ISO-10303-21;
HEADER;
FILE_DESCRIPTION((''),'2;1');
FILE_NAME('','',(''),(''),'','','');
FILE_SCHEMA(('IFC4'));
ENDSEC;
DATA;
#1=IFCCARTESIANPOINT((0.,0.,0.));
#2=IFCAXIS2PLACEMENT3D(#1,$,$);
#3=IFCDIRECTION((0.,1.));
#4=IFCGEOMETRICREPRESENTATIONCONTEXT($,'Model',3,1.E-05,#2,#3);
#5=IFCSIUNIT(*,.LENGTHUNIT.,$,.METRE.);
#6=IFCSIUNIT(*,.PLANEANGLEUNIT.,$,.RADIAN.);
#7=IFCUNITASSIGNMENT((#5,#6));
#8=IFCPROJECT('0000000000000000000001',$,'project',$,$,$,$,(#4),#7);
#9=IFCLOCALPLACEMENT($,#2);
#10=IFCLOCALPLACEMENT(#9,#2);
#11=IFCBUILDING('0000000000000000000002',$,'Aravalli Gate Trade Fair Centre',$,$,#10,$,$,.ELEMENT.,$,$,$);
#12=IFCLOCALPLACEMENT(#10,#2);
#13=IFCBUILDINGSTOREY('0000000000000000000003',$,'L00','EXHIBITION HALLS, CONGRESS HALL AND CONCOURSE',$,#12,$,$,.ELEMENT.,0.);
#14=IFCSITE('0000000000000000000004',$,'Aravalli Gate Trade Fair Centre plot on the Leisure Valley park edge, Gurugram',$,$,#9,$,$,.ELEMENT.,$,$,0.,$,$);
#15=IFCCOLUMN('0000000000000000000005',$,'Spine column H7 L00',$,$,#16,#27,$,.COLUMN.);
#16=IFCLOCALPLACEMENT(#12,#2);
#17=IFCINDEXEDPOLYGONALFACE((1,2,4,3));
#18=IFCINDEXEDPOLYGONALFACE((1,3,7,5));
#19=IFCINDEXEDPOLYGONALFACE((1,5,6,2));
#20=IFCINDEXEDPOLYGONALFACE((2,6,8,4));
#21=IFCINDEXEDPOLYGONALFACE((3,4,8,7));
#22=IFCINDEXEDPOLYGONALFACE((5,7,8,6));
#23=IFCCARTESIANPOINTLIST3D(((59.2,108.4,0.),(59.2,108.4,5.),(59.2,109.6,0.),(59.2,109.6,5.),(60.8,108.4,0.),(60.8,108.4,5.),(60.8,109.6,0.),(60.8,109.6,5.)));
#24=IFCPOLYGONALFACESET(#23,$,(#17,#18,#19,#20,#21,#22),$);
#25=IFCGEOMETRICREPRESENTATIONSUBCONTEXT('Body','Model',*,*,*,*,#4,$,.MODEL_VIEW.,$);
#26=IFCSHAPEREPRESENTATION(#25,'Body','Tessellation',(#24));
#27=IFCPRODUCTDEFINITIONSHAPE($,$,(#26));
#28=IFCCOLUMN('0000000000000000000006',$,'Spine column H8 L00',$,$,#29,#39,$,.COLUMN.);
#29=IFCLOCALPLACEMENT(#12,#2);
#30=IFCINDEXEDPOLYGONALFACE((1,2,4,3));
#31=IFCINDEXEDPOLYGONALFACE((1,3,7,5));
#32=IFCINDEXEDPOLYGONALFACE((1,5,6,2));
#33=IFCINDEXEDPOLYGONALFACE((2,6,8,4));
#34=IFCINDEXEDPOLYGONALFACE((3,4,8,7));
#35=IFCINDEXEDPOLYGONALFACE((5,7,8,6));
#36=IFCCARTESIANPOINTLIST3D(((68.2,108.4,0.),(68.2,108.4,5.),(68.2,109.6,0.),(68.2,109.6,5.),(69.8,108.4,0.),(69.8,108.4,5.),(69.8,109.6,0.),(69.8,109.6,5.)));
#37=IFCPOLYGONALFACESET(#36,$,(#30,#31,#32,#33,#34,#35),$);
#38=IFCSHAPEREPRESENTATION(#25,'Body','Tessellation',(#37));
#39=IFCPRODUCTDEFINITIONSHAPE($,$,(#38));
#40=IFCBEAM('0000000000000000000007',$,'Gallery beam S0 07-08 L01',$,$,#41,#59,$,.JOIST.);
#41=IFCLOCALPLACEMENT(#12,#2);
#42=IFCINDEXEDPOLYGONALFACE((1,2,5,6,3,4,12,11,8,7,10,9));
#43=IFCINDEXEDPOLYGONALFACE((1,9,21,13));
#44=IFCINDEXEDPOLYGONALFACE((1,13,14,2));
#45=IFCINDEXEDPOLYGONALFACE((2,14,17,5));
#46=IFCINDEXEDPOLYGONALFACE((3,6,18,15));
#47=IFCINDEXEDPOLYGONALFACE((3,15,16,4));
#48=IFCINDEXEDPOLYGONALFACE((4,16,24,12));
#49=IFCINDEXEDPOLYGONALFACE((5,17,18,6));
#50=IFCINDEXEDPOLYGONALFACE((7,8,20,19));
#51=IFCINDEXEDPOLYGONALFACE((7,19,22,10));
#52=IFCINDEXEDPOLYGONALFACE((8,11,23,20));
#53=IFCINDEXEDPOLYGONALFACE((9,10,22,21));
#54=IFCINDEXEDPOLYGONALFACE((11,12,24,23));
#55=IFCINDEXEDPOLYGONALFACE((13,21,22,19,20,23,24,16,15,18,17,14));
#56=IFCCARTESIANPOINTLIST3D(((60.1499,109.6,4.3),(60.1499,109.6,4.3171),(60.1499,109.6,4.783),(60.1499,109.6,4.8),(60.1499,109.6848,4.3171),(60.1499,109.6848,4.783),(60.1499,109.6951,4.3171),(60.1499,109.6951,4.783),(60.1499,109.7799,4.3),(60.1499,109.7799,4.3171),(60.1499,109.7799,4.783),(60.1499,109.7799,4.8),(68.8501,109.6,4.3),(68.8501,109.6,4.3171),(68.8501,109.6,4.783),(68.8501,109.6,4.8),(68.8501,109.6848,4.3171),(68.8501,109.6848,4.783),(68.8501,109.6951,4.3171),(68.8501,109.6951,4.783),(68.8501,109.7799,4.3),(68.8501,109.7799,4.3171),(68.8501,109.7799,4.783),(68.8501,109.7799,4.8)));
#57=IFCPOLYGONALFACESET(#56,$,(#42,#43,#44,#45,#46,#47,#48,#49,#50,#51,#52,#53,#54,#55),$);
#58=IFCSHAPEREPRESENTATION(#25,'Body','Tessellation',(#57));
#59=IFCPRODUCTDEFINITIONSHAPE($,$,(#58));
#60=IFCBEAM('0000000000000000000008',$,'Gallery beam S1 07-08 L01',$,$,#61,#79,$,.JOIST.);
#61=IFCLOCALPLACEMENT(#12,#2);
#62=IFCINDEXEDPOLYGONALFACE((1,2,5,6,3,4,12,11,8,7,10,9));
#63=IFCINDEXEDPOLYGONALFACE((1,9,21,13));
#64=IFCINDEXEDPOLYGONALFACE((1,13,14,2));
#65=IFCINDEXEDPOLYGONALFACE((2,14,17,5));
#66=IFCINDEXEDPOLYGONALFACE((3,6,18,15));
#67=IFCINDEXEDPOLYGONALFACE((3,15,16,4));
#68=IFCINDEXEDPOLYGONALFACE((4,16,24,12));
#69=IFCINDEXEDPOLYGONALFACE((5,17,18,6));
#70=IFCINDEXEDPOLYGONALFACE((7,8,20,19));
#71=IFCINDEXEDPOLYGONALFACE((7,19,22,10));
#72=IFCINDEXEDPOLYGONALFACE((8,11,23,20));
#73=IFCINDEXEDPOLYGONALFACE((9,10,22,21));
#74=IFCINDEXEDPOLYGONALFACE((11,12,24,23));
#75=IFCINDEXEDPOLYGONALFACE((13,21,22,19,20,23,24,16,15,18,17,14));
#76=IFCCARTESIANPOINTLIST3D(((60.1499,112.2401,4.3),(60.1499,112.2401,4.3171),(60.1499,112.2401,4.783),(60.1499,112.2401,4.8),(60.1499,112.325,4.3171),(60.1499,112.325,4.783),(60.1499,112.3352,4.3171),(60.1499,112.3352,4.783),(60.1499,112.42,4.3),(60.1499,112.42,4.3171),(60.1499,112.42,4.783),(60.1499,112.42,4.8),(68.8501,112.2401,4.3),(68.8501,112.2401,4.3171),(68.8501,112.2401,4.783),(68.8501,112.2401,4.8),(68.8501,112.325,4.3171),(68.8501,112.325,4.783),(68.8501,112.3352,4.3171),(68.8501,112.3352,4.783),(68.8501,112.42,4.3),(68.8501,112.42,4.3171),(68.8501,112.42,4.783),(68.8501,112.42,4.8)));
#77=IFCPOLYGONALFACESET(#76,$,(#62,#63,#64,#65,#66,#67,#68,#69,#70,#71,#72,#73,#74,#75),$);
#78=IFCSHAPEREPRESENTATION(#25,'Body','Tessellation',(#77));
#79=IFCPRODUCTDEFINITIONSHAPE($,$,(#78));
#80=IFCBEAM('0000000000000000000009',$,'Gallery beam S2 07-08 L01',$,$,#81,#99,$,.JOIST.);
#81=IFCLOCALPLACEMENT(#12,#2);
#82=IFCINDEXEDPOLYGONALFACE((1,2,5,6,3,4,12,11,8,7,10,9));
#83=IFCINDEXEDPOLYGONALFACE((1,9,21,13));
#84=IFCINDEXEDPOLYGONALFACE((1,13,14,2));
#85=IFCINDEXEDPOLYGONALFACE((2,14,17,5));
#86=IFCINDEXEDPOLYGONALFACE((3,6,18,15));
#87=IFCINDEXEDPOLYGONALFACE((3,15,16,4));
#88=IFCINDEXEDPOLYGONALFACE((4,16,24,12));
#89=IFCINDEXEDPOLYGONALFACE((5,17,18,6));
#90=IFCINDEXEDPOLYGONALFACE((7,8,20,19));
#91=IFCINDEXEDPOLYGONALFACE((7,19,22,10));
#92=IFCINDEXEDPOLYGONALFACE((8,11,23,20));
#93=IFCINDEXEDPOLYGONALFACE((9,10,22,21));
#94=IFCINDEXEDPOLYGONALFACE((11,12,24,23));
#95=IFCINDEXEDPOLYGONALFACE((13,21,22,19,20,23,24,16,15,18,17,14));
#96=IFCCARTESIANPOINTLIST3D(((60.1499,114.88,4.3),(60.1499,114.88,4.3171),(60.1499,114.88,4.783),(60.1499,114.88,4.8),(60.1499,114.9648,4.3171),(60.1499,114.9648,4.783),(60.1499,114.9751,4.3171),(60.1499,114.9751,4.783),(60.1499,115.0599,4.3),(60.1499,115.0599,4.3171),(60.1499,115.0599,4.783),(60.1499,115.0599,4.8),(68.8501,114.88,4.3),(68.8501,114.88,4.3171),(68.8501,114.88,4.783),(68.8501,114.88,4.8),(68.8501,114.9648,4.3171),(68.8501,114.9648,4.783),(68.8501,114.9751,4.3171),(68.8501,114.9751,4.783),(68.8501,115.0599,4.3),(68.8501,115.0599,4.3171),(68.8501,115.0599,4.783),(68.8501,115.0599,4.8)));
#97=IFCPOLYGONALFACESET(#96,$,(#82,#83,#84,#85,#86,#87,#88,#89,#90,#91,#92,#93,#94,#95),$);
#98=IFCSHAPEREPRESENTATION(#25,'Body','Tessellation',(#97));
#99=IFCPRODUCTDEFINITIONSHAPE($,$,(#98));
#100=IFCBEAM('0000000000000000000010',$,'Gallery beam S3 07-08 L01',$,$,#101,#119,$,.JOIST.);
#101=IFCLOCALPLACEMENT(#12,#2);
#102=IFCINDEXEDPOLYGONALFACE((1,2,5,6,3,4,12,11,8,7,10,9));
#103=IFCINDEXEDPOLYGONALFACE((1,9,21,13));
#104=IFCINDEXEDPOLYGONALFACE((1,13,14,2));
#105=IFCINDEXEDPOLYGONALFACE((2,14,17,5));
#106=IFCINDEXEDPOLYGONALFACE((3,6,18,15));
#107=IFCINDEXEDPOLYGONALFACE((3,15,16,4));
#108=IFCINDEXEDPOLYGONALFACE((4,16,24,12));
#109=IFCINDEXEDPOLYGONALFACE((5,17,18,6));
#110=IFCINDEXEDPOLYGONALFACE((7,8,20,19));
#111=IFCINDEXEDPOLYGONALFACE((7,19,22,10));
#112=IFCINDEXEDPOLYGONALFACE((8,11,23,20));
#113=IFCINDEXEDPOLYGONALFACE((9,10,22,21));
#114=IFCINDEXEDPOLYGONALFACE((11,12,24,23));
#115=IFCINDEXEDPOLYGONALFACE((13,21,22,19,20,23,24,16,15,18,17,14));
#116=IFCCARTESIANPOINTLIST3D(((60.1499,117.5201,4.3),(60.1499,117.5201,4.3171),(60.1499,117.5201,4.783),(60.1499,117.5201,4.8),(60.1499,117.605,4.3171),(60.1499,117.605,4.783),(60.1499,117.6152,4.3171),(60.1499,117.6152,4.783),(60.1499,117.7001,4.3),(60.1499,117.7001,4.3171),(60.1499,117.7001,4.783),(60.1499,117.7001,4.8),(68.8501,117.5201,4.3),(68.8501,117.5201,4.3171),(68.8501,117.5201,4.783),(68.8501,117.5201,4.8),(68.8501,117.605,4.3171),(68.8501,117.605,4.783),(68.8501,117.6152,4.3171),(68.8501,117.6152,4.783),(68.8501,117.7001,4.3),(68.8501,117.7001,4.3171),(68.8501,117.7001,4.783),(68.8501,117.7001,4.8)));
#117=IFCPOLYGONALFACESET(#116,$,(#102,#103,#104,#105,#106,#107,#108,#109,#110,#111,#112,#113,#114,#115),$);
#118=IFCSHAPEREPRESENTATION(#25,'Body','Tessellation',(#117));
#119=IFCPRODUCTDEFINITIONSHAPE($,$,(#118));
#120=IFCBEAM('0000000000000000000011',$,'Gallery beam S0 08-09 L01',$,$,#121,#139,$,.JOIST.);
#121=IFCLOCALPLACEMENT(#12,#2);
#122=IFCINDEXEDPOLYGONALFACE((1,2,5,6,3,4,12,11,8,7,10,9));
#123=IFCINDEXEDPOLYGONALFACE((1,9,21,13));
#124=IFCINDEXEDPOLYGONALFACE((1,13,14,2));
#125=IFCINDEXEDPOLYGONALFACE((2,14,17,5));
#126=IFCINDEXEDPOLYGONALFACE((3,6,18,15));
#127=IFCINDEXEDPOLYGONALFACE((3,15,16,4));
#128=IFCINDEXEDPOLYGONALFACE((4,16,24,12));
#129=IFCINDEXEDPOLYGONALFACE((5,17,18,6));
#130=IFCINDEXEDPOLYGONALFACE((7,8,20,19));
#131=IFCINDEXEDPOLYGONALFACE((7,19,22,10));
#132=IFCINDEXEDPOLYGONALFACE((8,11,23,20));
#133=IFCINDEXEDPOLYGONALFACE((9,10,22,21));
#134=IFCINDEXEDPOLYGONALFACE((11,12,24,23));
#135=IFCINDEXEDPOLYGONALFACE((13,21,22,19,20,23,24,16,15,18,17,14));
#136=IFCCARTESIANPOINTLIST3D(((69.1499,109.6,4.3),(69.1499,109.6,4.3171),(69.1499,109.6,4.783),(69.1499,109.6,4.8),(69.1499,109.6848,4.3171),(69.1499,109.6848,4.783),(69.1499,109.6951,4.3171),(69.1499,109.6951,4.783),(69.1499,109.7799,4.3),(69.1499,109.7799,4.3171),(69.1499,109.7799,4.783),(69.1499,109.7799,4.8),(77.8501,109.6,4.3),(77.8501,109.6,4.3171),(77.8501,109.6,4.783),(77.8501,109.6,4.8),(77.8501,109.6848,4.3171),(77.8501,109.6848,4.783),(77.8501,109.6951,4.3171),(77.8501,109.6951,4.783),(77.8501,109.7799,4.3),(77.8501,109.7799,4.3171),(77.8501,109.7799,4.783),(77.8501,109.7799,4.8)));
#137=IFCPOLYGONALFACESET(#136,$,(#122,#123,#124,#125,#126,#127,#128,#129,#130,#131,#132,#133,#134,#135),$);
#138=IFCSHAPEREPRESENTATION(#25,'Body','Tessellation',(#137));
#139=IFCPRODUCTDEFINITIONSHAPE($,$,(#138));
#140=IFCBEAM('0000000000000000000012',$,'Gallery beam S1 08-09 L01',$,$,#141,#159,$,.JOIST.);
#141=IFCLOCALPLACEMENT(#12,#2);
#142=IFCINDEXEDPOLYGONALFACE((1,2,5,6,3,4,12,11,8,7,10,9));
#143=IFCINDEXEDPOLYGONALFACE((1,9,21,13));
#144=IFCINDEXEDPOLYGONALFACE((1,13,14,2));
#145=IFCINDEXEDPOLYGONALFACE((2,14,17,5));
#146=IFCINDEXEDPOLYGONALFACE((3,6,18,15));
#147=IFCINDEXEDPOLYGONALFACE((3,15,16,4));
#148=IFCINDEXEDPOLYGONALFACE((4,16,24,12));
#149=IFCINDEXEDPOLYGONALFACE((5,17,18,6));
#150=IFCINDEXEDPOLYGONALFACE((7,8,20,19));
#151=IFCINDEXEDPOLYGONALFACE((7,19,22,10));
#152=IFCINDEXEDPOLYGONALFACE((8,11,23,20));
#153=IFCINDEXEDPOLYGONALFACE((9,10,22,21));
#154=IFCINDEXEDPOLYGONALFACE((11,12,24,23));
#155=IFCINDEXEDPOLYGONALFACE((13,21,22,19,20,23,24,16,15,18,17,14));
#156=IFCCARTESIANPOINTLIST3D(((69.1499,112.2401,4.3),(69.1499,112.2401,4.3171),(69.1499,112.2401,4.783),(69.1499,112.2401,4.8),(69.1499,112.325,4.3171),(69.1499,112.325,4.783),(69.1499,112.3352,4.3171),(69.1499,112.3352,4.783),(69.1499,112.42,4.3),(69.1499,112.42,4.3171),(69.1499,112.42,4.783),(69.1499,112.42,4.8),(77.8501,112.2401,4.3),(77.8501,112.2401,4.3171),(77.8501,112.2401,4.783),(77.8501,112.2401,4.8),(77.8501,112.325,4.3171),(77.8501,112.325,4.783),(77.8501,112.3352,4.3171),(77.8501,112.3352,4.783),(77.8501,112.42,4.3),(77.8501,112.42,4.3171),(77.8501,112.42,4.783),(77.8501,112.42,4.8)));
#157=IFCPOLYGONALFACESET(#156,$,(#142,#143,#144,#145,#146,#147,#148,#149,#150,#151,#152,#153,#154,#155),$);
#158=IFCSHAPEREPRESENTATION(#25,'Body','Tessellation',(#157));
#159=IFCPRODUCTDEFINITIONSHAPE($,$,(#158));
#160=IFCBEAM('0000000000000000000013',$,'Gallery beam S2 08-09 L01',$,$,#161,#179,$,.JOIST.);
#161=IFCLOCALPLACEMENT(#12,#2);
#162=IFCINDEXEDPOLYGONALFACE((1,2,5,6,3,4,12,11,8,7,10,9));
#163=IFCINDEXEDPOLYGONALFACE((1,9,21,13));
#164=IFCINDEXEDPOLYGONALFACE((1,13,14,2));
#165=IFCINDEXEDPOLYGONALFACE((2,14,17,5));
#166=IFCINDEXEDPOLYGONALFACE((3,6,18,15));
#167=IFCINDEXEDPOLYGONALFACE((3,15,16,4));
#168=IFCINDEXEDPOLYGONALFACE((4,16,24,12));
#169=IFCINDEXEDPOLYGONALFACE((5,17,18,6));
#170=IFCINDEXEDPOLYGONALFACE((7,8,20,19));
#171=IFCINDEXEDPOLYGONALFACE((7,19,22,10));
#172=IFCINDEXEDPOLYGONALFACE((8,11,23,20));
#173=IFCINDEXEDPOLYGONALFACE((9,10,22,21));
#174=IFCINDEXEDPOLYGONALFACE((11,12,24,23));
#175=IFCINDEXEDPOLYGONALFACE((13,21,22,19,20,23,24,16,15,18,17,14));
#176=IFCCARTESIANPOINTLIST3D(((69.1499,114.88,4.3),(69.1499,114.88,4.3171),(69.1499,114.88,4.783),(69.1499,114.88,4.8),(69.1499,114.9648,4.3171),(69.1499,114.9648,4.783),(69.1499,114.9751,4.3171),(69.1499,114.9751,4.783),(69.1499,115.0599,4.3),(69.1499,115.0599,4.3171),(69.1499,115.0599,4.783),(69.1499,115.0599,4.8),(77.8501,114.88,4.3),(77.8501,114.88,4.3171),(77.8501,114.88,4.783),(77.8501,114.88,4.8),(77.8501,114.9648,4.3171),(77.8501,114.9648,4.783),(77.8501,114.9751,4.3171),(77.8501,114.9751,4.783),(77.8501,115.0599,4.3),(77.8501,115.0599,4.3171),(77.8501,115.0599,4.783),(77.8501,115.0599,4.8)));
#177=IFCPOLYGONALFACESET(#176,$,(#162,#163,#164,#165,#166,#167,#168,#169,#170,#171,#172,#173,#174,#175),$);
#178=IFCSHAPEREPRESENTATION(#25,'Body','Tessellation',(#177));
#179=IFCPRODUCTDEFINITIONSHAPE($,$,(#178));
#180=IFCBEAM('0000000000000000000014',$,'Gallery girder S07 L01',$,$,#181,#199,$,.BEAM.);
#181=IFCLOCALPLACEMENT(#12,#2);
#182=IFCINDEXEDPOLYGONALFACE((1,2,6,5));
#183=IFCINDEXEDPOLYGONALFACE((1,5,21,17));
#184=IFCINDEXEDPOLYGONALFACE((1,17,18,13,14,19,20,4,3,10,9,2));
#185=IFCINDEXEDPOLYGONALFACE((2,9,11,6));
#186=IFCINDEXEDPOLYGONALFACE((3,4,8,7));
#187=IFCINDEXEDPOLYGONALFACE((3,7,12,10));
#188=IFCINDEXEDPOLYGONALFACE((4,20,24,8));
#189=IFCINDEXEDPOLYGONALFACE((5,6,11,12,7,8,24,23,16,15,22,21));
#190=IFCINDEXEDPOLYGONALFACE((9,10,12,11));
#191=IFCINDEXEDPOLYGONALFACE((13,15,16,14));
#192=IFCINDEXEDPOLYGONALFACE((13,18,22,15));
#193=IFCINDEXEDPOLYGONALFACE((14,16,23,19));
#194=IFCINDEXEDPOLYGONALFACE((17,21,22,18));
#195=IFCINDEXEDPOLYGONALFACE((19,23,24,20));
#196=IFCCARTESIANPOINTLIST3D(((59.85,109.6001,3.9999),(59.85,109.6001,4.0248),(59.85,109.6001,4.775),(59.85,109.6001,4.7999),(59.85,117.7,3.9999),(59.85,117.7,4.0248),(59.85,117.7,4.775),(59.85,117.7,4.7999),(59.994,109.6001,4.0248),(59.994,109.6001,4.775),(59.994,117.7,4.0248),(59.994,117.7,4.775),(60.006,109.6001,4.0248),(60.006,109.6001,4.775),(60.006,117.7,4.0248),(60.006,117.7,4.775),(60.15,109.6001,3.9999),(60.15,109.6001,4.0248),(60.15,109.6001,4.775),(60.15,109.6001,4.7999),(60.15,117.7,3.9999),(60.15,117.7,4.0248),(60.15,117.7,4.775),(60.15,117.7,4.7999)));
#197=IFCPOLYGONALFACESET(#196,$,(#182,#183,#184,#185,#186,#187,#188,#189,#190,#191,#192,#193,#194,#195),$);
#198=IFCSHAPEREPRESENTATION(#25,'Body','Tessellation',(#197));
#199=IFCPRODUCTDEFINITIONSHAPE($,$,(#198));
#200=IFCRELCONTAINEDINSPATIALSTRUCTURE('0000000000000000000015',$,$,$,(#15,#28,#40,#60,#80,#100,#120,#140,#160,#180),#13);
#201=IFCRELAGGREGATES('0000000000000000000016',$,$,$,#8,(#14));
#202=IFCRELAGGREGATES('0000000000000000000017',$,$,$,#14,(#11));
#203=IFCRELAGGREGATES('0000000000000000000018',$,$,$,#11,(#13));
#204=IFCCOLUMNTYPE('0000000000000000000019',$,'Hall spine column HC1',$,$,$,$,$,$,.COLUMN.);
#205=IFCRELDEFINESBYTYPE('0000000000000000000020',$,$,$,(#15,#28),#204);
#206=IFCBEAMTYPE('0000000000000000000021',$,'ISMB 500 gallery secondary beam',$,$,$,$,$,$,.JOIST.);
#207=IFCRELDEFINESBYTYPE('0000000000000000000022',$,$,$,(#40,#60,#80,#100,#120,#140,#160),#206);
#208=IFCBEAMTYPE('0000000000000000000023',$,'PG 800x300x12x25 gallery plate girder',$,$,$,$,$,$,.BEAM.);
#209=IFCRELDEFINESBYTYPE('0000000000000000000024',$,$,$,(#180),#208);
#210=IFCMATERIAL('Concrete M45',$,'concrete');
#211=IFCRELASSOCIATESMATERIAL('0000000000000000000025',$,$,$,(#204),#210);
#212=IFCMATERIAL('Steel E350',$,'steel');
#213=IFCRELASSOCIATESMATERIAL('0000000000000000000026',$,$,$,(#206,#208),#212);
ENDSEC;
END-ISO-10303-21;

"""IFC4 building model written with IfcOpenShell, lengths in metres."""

from ifc_helpers import new_model, si_unit, direction, frame, origin, origin_2d, place, context, subcontext, project, spatial, rectangle, i_section, extrude, material, material_profile, profile_set, type_object, element, save


model = new_model("IFC4")

# Units and contexts
model_context = context("Model", 3, precision=1e-05, world=origin(), true_north=direction((0.0, 1.0)))
body_context = subcontext(model_context, "Body", "Model", "MODEL_VIEW")
ifc_project = project(units=[si_unit("LENGTHUNIT", "METRE"), si_unit("PLANEANGLEUNIT", "RADIAN")], contexts=[model_context])

# Site, building, storey
site_placement = place(None, origin())
site = spatial("IfcSite", under=ifc_project, at=site_placement, Name="Aravalli Gate Trade Fair Centre plot on the Leisure Valley park edge, Gurugram", CompositionType="ELEMENT", RefElevation=0.0)
building_placement = place(site_placement, origin())
building = spatial("IfcBuilding", under=site, at=building_placement, Name="Aravalli Gate Trade Fair Centre", CompositionType="ELEMENT")
storey_placement = place(building_placement, origin())
storey = spatial("IfcBuildingStorey", under=building, at=storey_placement, Name="L00", Description="EXHIBITION HALLS, CONGRESS HALL AND CONCOURSE", CompositionType="ELEMENT", Elevation=0.0)

# Columns
ifc_material_1 = material(Name="Concrete M45", Category="concrete")
ifc_material_profile_1 = material_profile(ifc_material_1, rectangle(XDim=1.6001, YDim=1.2, at=origin_2d()), Name="RC 1600x1200")
ifc_profile_set_1 = profile_set([ifc_material_profile_1], Name="Concrete M45")
column_type = type_object("IfcColumnType", Name="Hall spine column HC1", PredefinedType="COLUMN", material=ifc_profile_set_1)
for number, where, z_axis, x_axis, name in (
    (1, (60.0, 109.0, 0.0), (0.0, 0.0, 1.0), (1.0, 0.0, 0.0), "Spine column H7 L00"),
    (2, (69.0, 109.0, 0.0), (0.0, 0.0, 1.0), (1.0, 0.0, 0.0), "Spine column H8 L00"),
):
    element("IfcColumn", number, at=place(storey_placement, frame(where, z_axis=z_axis, x_axis=x_axis)), inside=storey, type_object=column_type, Name=name, PredefinedType="COLUMN", context=body_context, shape_type="SweptSolid", body=[
        extrude(rectangle(XDim=1.6001, YDim=1.2, at=origin_2d()), origin(), (0.0, 0.0, 1.0), 5.0),
    ])

# Beams
ifc_material_2 = material(Name="Steel E350", Category="steel")
ifc_material_profile_2 = material_profile(ifc_material_2, i_section(OverallWidth=0.1799, OverallDepth=0.5, WebThickness=0.0103, FlangeThickness=0.0171, at=origin_2d()), Name="ISMB 500")
ifc_profile_set_2 = profile_set([ifc_material_profile_2], Name="Steel E350")
beam_type_1 = type_object("IfcBeamType", Name="ISMB 500 gallery secondary beam", PredefinedType="JOIST", material=ifc_profile_set_2)
for number, where, z_axis, x_axis, name in (
    (3, (60.1499, 109.6899, 4.55), (1.0, 0.0, 0.0), (0.0, 1.0, 0.0), "Gallery beam S0 07-08 L01"),
    (4, (60.1499, 112.3301, 4.55), (1.0, 0.0, 0.0), (0.0, 1.0, 0.0), "Gallery beam S1 07-08 L01"),
    (5, (60.1499, 114.97, 4.55), (1.0, 0.0, 0.0), (0.0, 1.0, 0.0), "Gallery beam S2 07-08 L01"),
    (6, (60.1499, 117.6101, 4.55), (1.0, 0.0, 0.0), (0.0, 1.0, 0.0), "Gallery beam S3 07-08 L01"),
    (7, (69.1499, 109.6899, 4.55), (1.0, 0.0, 0.0), (0.0, 1.0, 0.0), "Gallery beam S0 08-09 L01"),
    (8, (69.1499, 112.3301, 4.55), (1.0, 0.0, 0.0), (0.0, 1.0, 0.0), "Gallery beam S1 08-09 L01"),
    (9, (69.1499, 114.97, 4.55), (1.0, 0.0, 0.0), (0.0, 1.0, 0.0), "Gallery beam S2 08-09 L01"),
):
    element("IfcBeam", number, at=place(storey_placement, frame(where, z_axis=z_axis, x_axis=x_axis)), inside=storey, type_object=beam_type_1, Name=name, PredefinedType="JOIST", context=body_context, shape_type="SweptSolid", body=[
        extrude(i_section(OverallWidth=0.1799, OverallDepth=0.5, WebThickness=0.0103, FlangeThickness=0.0171, at=origin_2d()), origin(), (0.0, 0.0, 1.0), 8.7002),
    ])
ifc_material_profile_3 = material_profile(ifc_material_2, i_section(OverallWidth=0.3, OverallDepth=0.8, WebThickness=0.012, FlangeThickness=0.0249, at=origin_2d()), Name="PG 800x300x12x25")
ifc_profile_set_3 = profile_set([ifc_material_profile_3], Name="Steel E350")
beam_type_2 = type_object("IfcBeamType", Name="PG 800x300x12x25 gallery plate girder", PredefinedType="BEAM", material=ifc_profile_set_3)
for number, where, z_axis, x_axis, name in (
    (10, (60.0, 109.6001, 4.3999), (0.0, 1.0, 0.0), (-1.0, 0.0, 0.0), "Gallery girder S07 L01"),
):
    element("IfcBeam", number, at=place(storey_placement, frame(where, z_axis=z_axis, x_axis=x_axis)), inside=storey, type_object=beam_type_2, Name=name, PredefinedType="BEAM", context=body_context, shape_type="SweptSolid", body=[
        extrude(i_section(OverallWidth=0.3, OverallDepth=0.8, WebThickness=0.012, FlangeThickness=0.0249, at=origin_2d()), origin(), (0.0, 0.0, 1.0), 8.0999),
    ])

save(model, "model.ifc")
